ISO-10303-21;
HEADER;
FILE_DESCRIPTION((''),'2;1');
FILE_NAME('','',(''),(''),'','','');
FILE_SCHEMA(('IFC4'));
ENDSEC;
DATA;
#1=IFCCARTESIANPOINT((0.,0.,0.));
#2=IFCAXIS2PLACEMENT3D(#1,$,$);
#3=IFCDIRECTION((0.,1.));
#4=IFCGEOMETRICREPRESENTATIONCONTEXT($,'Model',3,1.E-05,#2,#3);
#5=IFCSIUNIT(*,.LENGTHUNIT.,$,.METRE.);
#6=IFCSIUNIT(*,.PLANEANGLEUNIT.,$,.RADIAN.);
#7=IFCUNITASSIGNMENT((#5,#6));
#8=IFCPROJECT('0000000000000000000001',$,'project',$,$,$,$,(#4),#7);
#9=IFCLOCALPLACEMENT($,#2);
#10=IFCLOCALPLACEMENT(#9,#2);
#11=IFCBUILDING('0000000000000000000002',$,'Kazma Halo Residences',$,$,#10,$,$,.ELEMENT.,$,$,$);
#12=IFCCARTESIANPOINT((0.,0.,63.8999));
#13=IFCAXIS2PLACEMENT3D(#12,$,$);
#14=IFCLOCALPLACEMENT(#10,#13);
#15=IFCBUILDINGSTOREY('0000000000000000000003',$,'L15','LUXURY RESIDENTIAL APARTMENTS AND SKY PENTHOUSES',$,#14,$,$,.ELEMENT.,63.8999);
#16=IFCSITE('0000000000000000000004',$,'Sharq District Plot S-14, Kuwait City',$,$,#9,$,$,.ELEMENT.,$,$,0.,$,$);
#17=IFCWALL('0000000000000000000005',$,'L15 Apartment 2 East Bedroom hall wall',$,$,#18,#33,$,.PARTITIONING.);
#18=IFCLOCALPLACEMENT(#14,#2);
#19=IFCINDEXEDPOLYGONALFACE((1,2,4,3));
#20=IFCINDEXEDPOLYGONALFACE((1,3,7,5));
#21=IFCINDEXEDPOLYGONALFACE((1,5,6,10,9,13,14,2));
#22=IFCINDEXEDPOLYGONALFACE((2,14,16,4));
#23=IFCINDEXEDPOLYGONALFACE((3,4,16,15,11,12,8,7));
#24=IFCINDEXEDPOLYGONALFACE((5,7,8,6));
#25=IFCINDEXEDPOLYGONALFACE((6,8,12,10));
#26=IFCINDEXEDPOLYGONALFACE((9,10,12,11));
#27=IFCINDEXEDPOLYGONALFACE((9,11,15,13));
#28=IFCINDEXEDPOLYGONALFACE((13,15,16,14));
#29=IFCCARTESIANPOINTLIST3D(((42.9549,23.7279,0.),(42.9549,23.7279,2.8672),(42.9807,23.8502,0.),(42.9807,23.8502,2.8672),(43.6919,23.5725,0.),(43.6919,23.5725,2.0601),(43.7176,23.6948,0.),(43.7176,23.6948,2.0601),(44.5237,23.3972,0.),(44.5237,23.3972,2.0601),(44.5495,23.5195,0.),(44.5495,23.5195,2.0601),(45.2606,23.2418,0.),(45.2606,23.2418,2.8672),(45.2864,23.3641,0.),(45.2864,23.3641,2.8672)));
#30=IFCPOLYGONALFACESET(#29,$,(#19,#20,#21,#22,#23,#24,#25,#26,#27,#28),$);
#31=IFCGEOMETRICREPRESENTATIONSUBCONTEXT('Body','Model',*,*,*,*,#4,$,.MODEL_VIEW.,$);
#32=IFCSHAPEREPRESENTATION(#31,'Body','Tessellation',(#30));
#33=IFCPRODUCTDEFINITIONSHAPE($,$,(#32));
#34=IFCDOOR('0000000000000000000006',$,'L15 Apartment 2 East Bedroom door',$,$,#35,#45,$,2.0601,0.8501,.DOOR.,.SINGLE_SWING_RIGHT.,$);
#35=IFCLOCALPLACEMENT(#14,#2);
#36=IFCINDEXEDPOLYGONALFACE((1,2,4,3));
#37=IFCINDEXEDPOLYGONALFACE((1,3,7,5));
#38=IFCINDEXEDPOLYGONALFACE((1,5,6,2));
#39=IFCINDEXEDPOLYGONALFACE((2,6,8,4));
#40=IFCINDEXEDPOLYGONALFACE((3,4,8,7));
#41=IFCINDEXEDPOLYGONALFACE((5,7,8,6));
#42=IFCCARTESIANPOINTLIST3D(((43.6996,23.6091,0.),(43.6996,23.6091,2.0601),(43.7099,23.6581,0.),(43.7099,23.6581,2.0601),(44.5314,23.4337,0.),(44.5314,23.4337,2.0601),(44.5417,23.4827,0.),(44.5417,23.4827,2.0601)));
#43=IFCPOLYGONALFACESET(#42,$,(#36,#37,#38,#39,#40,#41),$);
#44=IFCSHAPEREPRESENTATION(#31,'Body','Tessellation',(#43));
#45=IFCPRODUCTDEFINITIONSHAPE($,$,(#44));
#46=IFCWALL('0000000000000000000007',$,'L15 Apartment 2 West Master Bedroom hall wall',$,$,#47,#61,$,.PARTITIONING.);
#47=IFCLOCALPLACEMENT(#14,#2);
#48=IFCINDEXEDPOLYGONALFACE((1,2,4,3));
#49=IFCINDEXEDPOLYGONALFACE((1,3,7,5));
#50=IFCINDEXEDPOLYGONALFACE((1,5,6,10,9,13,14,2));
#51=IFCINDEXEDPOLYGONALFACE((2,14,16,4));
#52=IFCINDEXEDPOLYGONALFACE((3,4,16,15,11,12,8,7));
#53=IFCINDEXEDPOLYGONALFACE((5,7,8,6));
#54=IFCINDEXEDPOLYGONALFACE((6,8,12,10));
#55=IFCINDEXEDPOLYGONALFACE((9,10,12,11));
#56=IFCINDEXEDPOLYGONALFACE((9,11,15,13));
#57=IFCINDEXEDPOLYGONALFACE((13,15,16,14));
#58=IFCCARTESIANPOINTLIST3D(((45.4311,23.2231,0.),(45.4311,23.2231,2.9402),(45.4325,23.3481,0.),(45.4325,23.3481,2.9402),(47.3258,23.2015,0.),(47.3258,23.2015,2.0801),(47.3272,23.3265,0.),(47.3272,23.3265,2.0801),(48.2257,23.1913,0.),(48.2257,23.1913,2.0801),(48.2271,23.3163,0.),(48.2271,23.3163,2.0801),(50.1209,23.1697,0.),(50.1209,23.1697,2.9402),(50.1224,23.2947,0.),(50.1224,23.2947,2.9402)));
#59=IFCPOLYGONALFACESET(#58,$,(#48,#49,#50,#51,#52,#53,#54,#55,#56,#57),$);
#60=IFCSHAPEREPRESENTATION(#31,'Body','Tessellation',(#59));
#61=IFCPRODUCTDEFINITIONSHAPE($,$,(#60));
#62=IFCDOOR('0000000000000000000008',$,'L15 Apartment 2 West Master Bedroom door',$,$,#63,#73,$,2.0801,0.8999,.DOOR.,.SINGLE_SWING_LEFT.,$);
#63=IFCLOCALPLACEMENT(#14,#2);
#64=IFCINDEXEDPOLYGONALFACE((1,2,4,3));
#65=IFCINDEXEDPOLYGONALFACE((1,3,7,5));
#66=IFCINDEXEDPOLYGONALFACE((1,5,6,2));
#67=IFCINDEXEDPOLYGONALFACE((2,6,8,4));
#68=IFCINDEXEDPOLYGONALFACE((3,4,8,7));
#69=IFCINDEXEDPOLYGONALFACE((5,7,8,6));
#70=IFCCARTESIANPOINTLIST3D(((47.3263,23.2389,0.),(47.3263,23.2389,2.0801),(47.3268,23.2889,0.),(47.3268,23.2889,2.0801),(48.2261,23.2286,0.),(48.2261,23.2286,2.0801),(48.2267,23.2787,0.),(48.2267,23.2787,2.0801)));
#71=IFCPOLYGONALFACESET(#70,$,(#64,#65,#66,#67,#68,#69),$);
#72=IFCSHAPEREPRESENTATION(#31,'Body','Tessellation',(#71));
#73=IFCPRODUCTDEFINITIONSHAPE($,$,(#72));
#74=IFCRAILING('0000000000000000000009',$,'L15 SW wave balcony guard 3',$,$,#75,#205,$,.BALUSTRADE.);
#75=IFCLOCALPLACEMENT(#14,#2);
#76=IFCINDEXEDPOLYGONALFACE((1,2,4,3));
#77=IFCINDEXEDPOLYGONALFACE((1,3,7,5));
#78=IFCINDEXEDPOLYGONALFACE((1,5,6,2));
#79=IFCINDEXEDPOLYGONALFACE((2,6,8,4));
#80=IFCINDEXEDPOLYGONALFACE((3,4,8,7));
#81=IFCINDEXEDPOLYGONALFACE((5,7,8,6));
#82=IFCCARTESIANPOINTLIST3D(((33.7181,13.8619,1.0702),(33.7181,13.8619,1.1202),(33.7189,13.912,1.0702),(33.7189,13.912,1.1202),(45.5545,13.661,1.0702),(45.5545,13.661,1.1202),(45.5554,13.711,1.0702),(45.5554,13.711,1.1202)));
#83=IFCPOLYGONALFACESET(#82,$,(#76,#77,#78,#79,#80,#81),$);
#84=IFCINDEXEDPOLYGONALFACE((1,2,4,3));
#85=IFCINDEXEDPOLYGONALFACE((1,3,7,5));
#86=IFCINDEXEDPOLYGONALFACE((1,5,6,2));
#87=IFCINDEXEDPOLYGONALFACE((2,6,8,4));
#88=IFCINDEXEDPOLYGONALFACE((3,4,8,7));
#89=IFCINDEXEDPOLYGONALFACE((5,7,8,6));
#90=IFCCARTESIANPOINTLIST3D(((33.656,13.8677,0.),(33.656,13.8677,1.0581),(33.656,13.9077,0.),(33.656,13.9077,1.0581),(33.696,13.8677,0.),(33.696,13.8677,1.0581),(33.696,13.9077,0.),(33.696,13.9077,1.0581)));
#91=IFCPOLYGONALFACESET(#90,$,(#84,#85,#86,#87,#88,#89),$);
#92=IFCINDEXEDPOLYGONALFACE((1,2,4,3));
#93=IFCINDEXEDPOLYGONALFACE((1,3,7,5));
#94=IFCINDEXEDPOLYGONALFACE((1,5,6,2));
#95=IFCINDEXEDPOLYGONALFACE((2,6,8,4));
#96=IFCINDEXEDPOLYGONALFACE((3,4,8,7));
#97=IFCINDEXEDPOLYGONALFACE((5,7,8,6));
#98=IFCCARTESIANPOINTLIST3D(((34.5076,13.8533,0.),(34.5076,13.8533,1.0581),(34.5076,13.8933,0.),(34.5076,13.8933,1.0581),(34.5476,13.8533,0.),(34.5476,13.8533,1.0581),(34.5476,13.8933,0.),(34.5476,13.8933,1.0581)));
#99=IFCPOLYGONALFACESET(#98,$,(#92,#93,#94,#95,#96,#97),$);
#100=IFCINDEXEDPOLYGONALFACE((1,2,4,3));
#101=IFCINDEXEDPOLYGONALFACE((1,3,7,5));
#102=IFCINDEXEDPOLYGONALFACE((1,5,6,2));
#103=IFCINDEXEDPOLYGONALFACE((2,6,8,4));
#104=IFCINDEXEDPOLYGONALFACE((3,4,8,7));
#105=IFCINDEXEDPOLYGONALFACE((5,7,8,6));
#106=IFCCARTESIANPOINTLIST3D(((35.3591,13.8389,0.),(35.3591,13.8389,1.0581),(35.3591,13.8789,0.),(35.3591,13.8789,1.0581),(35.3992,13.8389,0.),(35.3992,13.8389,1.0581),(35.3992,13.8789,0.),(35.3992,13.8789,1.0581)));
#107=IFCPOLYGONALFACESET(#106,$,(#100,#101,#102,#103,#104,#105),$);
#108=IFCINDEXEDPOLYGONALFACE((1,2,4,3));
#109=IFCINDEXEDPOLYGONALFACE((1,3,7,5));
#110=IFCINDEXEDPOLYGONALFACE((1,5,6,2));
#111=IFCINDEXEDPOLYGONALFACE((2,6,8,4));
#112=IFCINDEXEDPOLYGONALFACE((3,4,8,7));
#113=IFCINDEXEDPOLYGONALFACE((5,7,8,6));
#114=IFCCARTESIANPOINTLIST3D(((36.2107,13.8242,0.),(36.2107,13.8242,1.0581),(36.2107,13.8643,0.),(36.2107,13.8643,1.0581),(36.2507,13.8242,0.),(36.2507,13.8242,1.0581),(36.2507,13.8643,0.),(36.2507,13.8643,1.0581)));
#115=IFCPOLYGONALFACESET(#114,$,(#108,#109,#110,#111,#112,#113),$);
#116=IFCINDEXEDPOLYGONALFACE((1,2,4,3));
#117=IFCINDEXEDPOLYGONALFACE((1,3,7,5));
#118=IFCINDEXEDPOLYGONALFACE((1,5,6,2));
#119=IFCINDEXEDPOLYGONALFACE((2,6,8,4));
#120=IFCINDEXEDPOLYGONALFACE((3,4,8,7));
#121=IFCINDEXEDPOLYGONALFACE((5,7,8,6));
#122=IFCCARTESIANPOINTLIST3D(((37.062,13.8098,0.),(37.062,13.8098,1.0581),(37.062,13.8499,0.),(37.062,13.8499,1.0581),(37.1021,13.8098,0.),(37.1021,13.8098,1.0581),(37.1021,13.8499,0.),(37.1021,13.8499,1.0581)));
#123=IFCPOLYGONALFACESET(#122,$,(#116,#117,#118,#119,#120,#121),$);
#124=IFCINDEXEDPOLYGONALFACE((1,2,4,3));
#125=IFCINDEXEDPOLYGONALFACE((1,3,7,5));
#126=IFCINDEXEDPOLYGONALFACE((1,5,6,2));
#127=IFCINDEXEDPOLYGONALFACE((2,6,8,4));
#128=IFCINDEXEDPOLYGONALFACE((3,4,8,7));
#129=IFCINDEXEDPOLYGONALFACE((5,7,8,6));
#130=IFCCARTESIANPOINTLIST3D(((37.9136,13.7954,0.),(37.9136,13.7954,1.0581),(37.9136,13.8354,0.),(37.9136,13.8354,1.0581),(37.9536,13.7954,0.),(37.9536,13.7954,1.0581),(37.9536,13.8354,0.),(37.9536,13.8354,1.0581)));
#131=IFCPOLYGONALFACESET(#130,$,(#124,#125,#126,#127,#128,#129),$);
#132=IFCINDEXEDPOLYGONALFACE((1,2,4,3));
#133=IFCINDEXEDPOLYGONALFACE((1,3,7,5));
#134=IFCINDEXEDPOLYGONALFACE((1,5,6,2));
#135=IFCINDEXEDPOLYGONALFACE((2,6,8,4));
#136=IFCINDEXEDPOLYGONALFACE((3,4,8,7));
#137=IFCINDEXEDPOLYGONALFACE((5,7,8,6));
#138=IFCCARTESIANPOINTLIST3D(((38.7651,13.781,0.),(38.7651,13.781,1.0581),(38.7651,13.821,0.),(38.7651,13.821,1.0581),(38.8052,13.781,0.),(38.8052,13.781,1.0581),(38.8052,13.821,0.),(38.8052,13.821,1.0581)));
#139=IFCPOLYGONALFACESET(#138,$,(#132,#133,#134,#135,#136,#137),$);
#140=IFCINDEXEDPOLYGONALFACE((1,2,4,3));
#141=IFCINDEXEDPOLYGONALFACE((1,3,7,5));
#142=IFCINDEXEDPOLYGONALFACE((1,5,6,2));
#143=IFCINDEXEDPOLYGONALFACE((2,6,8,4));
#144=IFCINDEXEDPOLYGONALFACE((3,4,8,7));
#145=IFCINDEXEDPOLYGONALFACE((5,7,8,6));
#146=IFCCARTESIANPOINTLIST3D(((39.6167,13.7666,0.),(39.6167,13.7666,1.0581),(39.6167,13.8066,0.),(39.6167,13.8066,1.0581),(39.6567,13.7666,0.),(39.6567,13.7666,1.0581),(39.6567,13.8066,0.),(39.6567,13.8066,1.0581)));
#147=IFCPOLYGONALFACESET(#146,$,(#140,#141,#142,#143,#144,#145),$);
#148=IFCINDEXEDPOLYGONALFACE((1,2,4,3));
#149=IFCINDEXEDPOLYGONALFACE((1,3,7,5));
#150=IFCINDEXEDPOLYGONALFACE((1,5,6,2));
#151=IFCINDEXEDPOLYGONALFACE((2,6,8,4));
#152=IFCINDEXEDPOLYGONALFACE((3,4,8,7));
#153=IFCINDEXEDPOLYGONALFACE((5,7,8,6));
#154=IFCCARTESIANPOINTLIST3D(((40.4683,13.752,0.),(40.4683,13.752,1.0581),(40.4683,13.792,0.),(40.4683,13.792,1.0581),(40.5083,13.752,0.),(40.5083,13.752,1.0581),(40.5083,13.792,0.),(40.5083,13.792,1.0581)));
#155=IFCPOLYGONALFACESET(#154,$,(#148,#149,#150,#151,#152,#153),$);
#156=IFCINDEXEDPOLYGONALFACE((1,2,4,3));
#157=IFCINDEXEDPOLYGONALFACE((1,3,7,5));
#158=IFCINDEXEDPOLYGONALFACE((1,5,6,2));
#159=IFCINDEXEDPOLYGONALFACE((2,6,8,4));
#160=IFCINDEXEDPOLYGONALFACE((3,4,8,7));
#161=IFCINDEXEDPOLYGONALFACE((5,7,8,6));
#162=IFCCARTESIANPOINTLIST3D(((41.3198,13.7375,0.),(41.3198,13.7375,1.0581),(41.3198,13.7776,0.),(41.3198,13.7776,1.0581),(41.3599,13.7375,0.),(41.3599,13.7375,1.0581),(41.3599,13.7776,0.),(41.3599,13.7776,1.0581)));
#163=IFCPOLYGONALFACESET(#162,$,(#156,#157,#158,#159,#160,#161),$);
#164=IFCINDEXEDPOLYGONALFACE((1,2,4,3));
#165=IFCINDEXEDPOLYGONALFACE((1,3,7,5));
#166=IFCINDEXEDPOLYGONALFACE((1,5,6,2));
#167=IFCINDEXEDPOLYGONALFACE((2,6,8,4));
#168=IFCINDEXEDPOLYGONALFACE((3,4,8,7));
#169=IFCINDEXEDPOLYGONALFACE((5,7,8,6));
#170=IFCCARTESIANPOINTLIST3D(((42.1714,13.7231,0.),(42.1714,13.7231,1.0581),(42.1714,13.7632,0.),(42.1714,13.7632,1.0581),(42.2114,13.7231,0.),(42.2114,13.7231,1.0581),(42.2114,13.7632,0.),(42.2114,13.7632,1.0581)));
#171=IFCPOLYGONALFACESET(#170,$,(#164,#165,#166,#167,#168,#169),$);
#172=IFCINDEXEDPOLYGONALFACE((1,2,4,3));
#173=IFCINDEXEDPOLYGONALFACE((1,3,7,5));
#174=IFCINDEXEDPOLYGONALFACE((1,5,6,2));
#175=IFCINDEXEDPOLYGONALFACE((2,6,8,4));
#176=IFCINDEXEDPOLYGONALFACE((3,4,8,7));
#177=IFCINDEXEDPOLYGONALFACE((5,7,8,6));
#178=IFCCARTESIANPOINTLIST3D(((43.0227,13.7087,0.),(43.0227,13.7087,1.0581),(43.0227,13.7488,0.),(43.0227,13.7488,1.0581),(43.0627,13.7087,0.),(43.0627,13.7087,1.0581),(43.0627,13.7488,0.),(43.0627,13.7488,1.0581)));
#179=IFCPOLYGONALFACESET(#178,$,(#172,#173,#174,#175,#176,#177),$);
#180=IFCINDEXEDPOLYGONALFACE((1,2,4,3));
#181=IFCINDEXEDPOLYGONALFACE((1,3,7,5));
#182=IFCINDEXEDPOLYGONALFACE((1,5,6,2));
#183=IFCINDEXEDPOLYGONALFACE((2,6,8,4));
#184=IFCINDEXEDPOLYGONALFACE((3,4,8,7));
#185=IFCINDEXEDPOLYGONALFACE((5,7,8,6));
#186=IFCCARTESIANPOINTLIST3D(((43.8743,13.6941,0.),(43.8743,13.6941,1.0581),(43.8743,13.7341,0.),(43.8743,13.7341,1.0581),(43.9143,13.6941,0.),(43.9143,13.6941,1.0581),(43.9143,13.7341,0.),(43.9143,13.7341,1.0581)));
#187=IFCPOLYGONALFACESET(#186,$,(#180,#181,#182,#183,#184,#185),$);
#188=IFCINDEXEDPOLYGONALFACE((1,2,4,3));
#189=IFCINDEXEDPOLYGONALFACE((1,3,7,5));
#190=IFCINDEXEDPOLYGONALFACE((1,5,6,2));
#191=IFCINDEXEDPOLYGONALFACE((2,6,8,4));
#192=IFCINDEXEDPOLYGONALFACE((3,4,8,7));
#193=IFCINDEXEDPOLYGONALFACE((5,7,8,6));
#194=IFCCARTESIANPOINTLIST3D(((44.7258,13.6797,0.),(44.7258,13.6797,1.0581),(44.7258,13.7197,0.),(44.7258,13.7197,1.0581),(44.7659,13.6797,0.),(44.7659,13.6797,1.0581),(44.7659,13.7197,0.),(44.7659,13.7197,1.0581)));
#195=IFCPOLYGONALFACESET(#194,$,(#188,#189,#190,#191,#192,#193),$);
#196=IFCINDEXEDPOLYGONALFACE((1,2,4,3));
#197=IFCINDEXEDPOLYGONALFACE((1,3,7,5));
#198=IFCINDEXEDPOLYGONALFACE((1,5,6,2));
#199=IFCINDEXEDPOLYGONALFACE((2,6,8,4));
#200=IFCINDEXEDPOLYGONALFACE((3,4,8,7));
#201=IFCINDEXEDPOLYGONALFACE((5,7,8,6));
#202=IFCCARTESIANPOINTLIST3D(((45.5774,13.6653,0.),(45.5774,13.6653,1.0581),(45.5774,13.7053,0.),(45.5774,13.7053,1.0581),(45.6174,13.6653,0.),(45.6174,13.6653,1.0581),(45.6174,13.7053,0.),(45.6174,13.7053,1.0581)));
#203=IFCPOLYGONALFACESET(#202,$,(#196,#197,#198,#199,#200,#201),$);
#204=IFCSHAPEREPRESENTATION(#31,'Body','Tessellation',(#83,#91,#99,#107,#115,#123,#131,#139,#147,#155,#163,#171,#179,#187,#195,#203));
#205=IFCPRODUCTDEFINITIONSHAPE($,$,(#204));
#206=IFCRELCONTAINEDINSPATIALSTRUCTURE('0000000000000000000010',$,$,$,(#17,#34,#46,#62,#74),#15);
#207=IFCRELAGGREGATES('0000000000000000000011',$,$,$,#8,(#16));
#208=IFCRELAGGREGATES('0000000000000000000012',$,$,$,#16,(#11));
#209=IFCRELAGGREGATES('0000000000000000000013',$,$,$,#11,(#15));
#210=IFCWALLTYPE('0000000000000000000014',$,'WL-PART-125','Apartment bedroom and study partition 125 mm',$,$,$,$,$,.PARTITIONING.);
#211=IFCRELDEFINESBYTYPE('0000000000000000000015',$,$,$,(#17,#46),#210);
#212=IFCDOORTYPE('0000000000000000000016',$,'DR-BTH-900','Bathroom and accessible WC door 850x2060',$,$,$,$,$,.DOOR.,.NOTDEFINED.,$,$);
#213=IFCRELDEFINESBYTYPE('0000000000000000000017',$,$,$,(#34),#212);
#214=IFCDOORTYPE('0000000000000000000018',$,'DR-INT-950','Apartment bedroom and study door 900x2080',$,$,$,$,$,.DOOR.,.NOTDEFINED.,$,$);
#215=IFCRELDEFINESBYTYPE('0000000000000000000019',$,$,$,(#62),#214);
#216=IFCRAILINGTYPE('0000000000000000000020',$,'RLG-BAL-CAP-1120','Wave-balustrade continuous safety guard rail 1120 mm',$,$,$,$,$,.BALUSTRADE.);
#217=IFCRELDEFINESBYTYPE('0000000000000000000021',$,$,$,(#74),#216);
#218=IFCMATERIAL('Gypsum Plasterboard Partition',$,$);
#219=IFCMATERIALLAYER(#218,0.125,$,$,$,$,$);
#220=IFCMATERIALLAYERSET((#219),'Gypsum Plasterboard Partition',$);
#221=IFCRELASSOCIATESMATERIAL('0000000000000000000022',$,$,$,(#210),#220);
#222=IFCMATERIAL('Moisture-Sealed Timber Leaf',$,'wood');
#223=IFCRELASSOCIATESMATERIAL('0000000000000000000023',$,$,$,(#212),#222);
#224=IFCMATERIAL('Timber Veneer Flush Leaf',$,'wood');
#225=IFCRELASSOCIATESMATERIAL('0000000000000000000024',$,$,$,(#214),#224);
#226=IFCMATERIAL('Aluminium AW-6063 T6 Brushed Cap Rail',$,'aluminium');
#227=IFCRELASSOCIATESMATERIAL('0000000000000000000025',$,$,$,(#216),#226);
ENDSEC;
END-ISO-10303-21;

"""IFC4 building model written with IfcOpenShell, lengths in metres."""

from ifc_helpers import new_model, si_unit, direction, frame, frame_2d, origin, origin_2d, place, context, subcontext, project, spatial, rectangle, extrude, material, layer, layer_set, type_object, element, fill, save


model = new_model("IFC4")

# Units and contexts
model_context = context("Model", 3, precision=1e-05, world=origin(), true_north=direction((0.0, 1.0)))
body_context = subcontext(model_context, "Body", "Model", "MODEL_VIEW")
ifc_project = project(units=[si_unit("LENGTHUNIT", "METRE"), si_unit("PLANEANGLEUNIT", "RADIAN")], contexts=[model_context])

# Site, building, storey
site_placement = place(None, origin())
site = spatial("IfcSite", under=ifc_project, at=site_placement, Name="Sharq District Plot S-14, Kuwait City", CompositionType="ELEMENT", RefElevation=0.0)
building_placement = place(site_placement, origin())
building = spatial("IfcBuilding", under=site, at=building_placement, Name="Kazma Halo Residences", CompositionType="ELEMENT")
storey_placement = place(building_placement, frame((0.0, 0.0, 63.8999)))
storey = spatial("IfcBuildingStorey", under=building, at=storey_placement, Name="L15", Description="LUXURY RESIDENTIAL APARTMENTS AND SKY PENTHOUSES", CompositionType="ELEMENT", Elevation=63.8999)

# Shared definitions
ifc_material_1 = material(Name="Gypsum Plasterboard Partition")
ifc_layer_1 = layer(ifc_material_1, 0.125)
ifc_layer_set_1 = layer_set([ifc_layer_1], Name="Gypsum Plasterboard Partition")
wall_type_1 = type_object("IfcWallType", Name="WL-PART-125", Description="Apartment bedroom and study partition 125 mm", PredefinedType="PARTITIONING", material=ifc_layer_set_1)

# Shared definitions
ifc_material_2 = material(Name="Moisture-Sealed Timber Leaf", Category="wood")
door_type_1 = type_object("IfcDoorType", Name="DR-BTH-900", Description="Bathroom and accessible WC door 850x2060", OperationType="NOTDEFINED", PredefinedType="DOOR", material=ifc_material_2)

# Walls, openings, doors
wall_1_placement = place(storey_placement, frame((42.9678, 23.7891, 0.0), z_axis=(0.0, 0.0, 1.0), x_axis=(0.978491, -0.206287, 0.0)))
wall_1 = element("IfcWall", 1, at=wall_1_placement, inside=storey, type_object=wall_type_1, Name="L15 Apartment 2 East Bedroom hall wall", PredefinedType="PARTITIONING", context=body_context, shape_type="SweptSolid", body=[
    extrude(rectangle(XDim=2.3564, YDim=0.125, at=frame_2d((1.1782, 0.0))), origin(), (0.0, 0.0, 1.0), 2.8672),
])
opening_1_placement = place(wall_1_placement, frame((0.7532, 0.0, 0.0)))
opening_1 = element("IfcOpeningElement", 2, at=opening_1_placement, cuts=wall_1, PredefinedType="OPENING", context=body_context, shape_type="SweptSolid", body=[
    extrude(rectangle(XDim=0.8501, YDim=2.0601, at=frame_2d((0.425, 1.03))), frame((0.0, 0.0725, 0.0), z_axis=(0.0, -1.0, 0.0), x_axis=(1.0, 0.0, 0.0)), (0.0, 0.0, 1.0), 0.145),
])
door_1_placement = place(opening_1_placement, origin())
door_1 = element("IfcDoor", 3, at=door_1_placement, inside=storey, type_object=door_type_1, Name="L15 Apartment 2 East Bedroom door", OperationType="SINGLE_SWING_RIGHT", OverallHeight=2.0601, OverallWidth=0.8501, PredefinedType="DOOR", context=body_context, shape_type="SweptSolid", body=[
    extrude(rectangle(XDim=0.8501, YDim=2.0601, at=frame_2d((0.425, 1.03))), frame((0.0, 0.0249, 0.0), z_axis=(0.0, -1.0, 0.0), x_axis=(1.0, 0.0, 0.0)), (0.0, 0.0, 1.0), 0.05),
])
fill(opening_1, door_1)
wall_2_placement = place(storey_placement, frame((45.4316, 23.2856, 0.0), z_axis=(0.0, 0.0, 1.0), x_axis=(0.999935, -0.0114, 0.0)))
wall_2 = element("IfcWall", 4, at=wall_2_placement, inside=storey, type_object=wall_type_1, Name="L15 Apartment 2 West Master Bedroom hall wall", PredefinedType="PARTITIONING", context=body_context, shape_type="SweptSolid", body=[
    extrude(rectangle(XDim=4.6902, YDim=0.125, at=frame_2d((2.3452, 0.0))), origin(), (0.0, 0.0, 1.0), 2.9402),
])
opening_2_placement = place(wall_2_placement, frame((1.895, 0.0, 0.0)))
opening_2 = element("IfcOpeningElement", 5, at=opening_2_placement, cuts=wall_2, PredefinedType="OPENING", context=body_context, shape_type="SweptSolid", body=[
    extrude(rectangle(XDim=0.8999, YDim=2.0801, at=frame_2d((0.45, 1.04))), frame((0.0, 0.0725, 0.0), z_axis=(0.0, -1.0, 0.0), x_axis=(1.0, 0.0, 0.0)), (0.0, 0.0, 1.0), 0.145),
])
ifc_material_3 = material(Name="Timber Veneer Flush Leaf", Category="wood")
door_type_2 = type_object("IfcDoorType", Name="DR-INT-950", Description="Apartment bedroom and study door 900x2080", OperationType="NOTDEFINED", PredefinedType="DOOR", material=ifc_material_3)
door_2_placement = place(opening_2_placement, origin())
door_2 = element("IfcDoor", 6, at=door_2_placement, inside=storey, type_object=door_type_2, Name="L15 Apartment 2 West Master Bedroom door", OperationType="SINGLE_SWING_LEFT", OverallHeight=2.0801, OverallWidth=0.8999, PredefinedType="DOOR", context=body_context, shape_type="SweptSolid", body=[
    extrude(rectangle(XDim=0.8999, YDim=2.0801, at=frame_2d((0.45, 1.04))), frame((0.0, 0.0249, 0.0), z_axis=(0.0, -1.0, 0.0), x_axis=(1.0, 0.0, 0.0)), (0.0, 0.0, 1.0), 0.05),
])
fill(opening_2, door_2)

# Railing
ifc_material_4 = material(Name="Aluminium AW-6063 T6 Brushed Cap Rail", Category="aluminium")
railing_type = type_object("IfcRailingType", Name="RLG-BAL-CAP-1120", Description="Wave-balustrade continuous safety guard rail 1120 mm", PredefinedType="BALUSTRADE", material=ifc_material_4)
railing_1_placement = place(storey_placement, frame((33.676, 13.8877, 0.0)))
element("IfcRailing", 7, at=railing_1_placement, inside=storey, type_object=railing_type, Name="L15 SW wave balcony guard 3", PredefinedType="BALUSTRADE", context=body_context, shape_type="SweptSolid", body=[
    extrude(rectangle(XDim=0.05, YDim=0.05, at=origin_2d()), frame((0.0425, -0.0007, 1.0952), z_axis=(0.999856, -0.016975, 0.0), x_axis=(0.016975, 0.999856, 0.0)), (0.0, 0.0, 1.0), 11.8381),
    extrude(rectangle(XDim=0.04, YDim=0.04, at=origin_2d()), origin(), (0.0, 0.0, 1.0), 1.0581),
    extrude(rectangle(XDim=0.04, YDim=0.04, at=origin_2d()), frame((0.8516, -0.0144, 0.0)), (0.0, 0.0, 1.0), 1.0581),
    extrude(rectangle(XDim=0.04, YDim=0.04, at=origin_2d()), frame((1.7031, -0.0288, 0.0)), (0.0, 0.0, 1.0), 1.0581),
    extrude(rectangle(XDim=0.04, YDim=0.04, at=origin_2d()), frame((2.5547, -0.0435, 0.0)), (0.0, 0.0, 1.0), 1.0581),
    extrude(rectangle(XDim=0.04, YDim=0.04, at=origin_2d()), frame((3.406, -0.0579, 0.0)), (0.0, 0.0, 1.0), 1.0581),
    extrude(rectangle(XDim=0.04, YDim=0.04, at=origin_2d()), frame((4.2576, -0.0723, 0.0)), (0.0, 0.0, 1.0), 1.0581),
    extrude(rectangle(XDim=0.04, YDim=0.04, at=origin_2d()), frame((5.1091, -0.0867, 0.0)), (0.0, 0.0, 1.0), 1.0581),
    extrude(rectangle(XDim=0.04, YDim=0.04, at=origin_2d()), frame((5.9607, -0.1011, 0.0)), (0.0, 0.0, 1.0), 1.0581),
    extrude(rectangle(XDim=0.04, YDim=0.04, at=origin_2d()), frame((6.8123, -0.1157, 0.0)), (0.0, 0.0, 1.0), 1.0581),
    extrude(rectangle(XDim=0.04, YDim=0.04, at=origin_2d()), frame((7.6638, -0.1301, 0.0)), (0.0, 0.0, 1.0), 1.0581),
    extrude(rectangle(XDim=0.04, YDim=0.04, at=origin_2d()), frame((8.5154, -0.1445, 0.0)), (0.0, 0.0, 1.0), 1.0581),
    extrude(rectangle(XDim=0.04, YDim=0.04, at=origin_2d()), frame((9.3667, -0.1589, 0.0)), (0.0, 0.0, 1.0), 1.0581),
    extrude(rectangle(XDim=0.04, YDim=0.04, at=origin_2d()), frame((10.2183, -0.1736, 0.0)), (0.0, 0.0, 1.0), 1.0581),
    extrude(rectangle(XDim=0.04, YDim=0.04, at=origin_2d()), frame((11.0698, -0.188, 0.0)), (0.0, 0.0, 1.0), 1.0581),
    extrude(rectangle(XDim=0.04, YDim=0.04, at=origin_2d()), frame((11.9214, -0.2024, 0.0)), (0.0, 0.0, 1.0), 1.0581),
])

save(model, "model.ifc")
